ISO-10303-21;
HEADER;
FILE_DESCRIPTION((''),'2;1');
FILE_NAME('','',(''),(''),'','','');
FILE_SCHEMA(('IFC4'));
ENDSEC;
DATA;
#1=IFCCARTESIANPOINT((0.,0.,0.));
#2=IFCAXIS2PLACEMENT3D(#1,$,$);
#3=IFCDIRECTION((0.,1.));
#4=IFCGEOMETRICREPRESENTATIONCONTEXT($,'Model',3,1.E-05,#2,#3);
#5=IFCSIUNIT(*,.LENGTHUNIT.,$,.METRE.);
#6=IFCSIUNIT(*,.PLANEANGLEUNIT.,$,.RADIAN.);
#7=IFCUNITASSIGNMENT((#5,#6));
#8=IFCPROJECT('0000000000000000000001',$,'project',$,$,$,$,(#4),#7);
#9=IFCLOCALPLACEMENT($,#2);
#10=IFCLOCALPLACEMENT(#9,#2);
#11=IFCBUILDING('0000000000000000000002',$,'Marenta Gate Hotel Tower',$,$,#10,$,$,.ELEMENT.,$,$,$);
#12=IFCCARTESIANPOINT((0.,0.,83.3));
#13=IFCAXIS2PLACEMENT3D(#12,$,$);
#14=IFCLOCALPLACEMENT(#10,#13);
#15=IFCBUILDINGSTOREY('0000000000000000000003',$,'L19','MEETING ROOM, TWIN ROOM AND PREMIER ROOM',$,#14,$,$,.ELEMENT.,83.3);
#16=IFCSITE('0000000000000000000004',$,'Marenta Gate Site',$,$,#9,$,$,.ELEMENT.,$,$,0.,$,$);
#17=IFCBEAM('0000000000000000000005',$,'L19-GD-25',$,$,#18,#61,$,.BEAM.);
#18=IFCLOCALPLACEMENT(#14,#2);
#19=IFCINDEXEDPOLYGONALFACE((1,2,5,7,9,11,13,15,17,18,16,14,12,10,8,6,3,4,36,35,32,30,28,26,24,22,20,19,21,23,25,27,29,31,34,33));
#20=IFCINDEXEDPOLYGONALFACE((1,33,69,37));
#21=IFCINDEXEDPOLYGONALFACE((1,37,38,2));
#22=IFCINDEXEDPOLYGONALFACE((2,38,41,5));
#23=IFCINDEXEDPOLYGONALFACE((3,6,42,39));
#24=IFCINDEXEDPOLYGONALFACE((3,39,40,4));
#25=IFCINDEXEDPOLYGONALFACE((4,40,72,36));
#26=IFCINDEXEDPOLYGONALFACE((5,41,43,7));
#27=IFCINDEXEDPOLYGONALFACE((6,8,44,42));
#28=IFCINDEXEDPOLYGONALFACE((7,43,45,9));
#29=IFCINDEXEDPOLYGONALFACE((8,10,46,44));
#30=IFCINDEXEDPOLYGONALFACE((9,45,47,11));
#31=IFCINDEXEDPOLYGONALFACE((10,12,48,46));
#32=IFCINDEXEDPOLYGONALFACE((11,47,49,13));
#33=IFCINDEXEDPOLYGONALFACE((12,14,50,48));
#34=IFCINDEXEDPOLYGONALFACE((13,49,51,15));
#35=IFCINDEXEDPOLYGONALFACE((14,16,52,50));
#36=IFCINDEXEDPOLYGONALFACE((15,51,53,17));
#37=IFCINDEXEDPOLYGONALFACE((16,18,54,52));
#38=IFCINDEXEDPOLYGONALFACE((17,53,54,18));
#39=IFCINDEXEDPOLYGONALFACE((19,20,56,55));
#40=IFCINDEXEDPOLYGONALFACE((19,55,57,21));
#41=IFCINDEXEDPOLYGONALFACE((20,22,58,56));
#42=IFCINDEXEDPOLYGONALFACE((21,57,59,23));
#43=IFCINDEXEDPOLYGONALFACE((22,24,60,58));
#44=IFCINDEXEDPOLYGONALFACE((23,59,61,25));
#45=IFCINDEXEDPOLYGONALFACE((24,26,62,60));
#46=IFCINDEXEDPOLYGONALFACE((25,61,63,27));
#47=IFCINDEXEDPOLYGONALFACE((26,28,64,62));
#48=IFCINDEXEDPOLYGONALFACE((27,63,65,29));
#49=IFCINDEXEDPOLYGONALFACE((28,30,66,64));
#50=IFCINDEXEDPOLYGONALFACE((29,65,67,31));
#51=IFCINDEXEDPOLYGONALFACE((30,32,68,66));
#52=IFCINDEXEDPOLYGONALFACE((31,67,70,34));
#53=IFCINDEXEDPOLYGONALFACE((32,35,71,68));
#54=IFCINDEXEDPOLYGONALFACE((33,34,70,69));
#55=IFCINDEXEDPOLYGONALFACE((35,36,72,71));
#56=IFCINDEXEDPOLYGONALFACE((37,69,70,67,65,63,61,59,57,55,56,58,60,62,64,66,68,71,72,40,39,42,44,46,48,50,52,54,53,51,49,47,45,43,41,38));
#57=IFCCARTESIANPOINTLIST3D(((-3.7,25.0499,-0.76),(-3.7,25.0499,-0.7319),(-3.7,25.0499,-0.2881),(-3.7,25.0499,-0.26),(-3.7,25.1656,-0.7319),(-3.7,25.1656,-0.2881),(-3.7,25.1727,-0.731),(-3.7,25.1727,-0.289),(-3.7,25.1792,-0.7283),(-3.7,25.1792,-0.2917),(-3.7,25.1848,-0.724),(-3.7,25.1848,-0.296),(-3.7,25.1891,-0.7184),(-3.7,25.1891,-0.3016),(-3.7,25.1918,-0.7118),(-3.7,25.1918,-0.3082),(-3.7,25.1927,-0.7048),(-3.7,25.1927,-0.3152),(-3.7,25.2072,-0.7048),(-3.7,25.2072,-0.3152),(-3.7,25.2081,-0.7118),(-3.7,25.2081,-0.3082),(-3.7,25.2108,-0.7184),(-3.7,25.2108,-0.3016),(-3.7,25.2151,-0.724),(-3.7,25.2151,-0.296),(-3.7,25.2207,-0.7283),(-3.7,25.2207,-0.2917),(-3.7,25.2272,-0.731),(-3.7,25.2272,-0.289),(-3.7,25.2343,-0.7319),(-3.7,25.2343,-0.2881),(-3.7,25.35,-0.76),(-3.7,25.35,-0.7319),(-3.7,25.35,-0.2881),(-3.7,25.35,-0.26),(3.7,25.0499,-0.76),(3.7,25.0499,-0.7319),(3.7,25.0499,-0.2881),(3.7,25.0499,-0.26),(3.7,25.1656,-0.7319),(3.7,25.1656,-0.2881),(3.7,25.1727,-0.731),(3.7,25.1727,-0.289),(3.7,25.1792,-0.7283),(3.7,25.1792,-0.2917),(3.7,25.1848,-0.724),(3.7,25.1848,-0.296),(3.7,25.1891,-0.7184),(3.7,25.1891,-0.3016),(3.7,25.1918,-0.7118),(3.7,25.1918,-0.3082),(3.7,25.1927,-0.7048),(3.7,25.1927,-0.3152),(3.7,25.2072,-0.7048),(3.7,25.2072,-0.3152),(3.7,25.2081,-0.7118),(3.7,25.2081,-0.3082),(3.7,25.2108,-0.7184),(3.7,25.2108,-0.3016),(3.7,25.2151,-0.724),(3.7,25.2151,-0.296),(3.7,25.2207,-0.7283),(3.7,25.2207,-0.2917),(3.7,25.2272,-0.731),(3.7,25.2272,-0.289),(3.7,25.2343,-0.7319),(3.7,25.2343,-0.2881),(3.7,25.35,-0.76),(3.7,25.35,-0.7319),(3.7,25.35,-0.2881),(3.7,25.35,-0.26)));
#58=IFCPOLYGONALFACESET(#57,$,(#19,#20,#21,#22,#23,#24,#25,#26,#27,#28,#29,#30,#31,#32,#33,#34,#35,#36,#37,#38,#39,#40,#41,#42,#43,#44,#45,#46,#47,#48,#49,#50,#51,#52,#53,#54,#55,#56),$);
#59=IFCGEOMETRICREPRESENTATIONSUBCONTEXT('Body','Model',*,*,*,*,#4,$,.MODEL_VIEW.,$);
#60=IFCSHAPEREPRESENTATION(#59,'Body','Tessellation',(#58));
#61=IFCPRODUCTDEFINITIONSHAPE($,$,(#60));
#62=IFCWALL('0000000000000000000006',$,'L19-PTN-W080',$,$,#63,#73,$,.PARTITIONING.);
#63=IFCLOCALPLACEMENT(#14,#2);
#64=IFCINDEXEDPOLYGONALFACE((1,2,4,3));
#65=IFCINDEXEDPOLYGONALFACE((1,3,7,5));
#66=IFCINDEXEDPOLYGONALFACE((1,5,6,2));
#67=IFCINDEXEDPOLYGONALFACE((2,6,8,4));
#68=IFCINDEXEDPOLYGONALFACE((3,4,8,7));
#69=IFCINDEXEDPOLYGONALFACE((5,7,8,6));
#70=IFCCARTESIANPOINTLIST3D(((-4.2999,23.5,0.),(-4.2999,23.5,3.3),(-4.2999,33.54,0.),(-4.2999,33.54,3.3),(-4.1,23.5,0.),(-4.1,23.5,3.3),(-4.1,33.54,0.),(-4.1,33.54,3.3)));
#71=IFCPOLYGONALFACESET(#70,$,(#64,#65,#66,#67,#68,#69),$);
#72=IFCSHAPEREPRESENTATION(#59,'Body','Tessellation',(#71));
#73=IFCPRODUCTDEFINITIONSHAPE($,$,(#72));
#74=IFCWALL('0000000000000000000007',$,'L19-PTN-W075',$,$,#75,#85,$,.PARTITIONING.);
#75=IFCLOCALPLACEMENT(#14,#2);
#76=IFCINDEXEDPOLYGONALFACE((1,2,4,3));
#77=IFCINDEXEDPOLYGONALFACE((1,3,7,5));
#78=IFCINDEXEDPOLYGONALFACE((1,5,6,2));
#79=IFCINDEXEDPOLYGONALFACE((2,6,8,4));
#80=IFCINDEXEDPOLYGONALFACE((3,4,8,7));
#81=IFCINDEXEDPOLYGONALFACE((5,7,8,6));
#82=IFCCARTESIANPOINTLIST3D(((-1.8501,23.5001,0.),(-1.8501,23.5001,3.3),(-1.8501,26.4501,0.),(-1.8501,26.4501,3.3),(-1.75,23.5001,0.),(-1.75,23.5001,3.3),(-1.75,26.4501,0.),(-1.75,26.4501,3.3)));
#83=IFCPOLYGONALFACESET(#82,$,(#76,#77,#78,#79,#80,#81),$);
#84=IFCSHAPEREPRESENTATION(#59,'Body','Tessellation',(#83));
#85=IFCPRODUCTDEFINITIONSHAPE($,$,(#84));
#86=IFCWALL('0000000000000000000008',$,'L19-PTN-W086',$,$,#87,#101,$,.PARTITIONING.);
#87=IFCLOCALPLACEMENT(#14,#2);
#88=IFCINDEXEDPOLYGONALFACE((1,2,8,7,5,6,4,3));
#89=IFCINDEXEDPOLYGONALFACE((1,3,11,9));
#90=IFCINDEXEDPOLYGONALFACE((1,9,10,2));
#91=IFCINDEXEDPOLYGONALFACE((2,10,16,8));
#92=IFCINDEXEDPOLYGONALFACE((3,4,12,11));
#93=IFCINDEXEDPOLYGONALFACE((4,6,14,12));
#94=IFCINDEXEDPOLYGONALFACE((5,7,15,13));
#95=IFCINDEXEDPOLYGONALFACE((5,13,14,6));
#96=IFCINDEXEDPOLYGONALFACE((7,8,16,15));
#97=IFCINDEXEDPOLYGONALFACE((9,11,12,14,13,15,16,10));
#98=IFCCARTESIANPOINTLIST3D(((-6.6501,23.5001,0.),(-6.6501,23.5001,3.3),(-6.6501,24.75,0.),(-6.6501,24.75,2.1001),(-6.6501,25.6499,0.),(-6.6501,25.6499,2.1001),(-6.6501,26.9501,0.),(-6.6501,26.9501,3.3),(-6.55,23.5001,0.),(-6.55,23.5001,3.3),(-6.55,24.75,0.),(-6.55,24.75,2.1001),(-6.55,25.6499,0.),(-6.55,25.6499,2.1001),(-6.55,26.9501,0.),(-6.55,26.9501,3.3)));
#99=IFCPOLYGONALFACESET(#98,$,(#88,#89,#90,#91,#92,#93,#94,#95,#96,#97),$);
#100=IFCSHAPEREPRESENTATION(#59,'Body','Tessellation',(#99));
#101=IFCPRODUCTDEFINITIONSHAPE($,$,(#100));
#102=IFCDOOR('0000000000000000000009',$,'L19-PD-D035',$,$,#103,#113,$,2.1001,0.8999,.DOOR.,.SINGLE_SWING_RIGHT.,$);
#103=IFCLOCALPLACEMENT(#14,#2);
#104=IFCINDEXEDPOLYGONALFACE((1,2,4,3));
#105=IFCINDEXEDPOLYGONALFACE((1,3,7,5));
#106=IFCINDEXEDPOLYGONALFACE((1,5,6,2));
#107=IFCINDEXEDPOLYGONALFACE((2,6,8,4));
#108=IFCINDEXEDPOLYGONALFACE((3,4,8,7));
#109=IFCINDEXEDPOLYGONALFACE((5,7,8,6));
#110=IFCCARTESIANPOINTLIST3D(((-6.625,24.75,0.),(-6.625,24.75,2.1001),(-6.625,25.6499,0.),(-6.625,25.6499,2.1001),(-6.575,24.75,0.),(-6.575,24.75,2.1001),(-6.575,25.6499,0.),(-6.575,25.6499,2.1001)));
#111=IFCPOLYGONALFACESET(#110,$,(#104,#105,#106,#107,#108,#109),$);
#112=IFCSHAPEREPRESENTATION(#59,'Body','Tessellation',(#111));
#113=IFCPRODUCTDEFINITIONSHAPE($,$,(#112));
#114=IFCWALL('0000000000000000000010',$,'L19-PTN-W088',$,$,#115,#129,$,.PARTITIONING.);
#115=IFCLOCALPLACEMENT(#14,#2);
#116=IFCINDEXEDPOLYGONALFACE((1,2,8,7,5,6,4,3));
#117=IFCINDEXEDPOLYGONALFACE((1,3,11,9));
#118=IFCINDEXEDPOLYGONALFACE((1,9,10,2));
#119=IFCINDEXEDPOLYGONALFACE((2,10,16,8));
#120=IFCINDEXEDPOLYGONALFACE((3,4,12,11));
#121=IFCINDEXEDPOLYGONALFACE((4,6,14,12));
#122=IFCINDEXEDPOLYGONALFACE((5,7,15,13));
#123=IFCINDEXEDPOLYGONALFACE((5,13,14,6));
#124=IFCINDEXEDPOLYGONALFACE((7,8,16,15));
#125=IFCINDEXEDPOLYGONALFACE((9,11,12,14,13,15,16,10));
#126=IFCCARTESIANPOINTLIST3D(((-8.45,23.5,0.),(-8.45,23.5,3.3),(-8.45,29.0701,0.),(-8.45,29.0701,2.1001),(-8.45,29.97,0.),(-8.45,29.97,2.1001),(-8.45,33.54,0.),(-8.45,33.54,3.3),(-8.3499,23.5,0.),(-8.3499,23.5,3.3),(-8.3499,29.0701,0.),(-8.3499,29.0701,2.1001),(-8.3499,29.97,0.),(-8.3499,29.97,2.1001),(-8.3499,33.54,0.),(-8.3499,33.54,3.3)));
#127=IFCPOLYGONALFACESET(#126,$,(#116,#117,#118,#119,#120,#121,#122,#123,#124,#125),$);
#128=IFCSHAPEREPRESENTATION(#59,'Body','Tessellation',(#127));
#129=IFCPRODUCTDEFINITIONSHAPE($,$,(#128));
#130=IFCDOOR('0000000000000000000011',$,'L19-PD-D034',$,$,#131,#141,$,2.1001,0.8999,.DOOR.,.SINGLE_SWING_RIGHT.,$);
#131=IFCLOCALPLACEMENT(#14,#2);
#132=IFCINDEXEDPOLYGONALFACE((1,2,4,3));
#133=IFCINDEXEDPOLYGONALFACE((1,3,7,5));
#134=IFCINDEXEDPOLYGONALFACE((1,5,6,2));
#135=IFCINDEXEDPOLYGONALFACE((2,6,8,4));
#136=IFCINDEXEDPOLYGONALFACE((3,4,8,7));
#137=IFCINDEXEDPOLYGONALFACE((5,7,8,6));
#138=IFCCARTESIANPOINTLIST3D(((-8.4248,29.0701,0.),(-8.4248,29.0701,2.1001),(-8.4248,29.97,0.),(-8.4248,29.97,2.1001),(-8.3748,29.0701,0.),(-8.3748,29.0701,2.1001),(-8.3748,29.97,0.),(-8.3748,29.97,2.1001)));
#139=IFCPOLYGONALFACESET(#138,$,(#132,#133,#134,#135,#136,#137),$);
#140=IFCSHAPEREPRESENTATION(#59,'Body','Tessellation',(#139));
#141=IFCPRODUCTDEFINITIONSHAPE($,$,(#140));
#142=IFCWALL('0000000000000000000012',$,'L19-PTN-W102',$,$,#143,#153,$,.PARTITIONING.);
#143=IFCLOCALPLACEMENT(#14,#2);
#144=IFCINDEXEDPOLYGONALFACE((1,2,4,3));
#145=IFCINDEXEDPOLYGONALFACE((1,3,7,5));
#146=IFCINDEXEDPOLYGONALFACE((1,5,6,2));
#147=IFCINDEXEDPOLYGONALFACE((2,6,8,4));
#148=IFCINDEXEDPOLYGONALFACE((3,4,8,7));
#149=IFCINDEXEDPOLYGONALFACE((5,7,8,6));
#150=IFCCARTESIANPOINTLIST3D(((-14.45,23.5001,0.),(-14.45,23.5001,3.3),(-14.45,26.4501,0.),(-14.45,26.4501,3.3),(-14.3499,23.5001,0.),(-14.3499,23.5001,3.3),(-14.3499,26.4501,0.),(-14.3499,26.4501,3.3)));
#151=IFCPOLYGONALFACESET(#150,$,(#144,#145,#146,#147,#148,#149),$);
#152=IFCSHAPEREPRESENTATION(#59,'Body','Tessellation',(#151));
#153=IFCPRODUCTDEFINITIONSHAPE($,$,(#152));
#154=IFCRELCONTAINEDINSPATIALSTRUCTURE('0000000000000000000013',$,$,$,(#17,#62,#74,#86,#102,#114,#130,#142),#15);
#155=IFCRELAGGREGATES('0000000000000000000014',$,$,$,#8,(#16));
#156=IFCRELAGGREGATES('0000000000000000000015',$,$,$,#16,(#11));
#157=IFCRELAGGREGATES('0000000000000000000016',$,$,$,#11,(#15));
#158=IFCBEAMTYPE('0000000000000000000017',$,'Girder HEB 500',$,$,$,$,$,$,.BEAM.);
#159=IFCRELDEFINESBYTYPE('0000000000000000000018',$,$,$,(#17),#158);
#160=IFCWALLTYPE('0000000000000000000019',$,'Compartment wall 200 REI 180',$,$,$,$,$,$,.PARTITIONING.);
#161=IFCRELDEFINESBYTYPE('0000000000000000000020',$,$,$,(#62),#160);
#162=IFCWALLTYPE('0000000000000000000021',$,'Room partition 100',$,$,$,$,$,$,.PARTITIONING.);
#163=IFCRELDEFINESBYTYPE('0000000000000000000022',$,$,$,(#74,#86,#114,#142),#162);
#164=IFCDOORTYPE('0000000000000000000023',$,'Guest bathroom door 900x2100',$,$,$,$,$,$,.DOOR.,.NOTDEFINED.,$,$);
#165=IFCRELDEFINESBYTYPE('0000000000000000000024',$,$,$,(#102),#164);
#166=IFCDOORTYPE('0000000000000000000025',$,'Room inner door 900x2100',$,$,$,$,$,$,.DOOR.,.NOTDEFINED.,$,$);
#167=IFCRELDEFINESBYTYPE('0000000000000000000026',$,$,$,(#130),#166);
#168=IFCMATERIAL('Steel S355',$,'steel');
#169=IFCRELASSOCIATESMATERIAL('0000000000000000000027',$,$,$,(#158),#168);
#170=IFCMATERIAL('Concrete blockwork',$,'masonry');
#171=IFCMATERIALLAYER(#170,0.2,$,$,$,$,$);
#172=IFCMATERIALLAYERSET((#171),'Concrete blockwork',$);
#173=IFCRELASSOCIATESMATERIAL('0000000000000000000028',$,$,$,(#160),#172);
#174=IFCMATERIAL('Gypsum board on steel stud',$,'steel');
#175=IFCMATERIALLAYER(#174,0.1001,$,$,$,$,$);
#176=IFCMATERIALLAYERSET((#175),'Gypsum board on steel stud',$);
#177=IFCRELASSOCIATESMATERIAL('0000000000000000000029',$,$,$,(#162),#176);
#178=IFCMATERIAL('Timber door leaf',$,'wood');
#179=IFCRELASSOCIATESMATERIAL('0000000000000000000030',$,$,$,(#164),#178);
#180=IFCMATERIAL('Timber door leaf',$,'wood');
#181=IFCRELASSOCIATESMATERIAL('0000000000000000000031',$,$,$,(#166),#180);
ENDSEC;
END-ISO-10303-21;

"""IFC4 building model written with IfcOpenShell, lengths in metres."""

from ifc_helpers import new_model, si_unit, direction, frame, frame_2d, origin, origin_2d, place, context, subcontext, project, spatial, rectangle, i_section, extrude, material, layer, layer_set, material_profile, profile_set, type_object, element, fill, save


model = new_model("IFC4")

# Units and contexts
model_context = context("Model", 3, precision=1e-05, world=origin(), true_north=direction((0.0, 1.0)))
body_context = subcontext(model_context, "Body", "Model", "MODEL_VIEW")
ifc_project = project(units=[si_unit("LENGTHUNIT", "METRE"), si_unit("PLANEANGLEUNIT", "RADIAN")], contexts=[model_context])

# Site, building, storey
site_placement = place(None, origin())
site = spatial("IfcSite", under=ifc_project, at=site_placement, Name="Marenta Gate Site", CompositionType="ELEMENT", RefElevation=0.0)
building_placement = place(site_placement, origin())
building = spatial("IfcBuilding", under=site, at=building_placement, Name="Marenta Gate Hotel Tower", CompositionType="ELEMENT")
storey_placement = place(building_placement, frame((0.0, 0.0, 83.3)))
storey = spatial("IfcBuildingStorey", under=building, at=storey_placement, Name="L19", Description="MEETING ROOM, TWIN ROOM AND PREMIER ROOM", CompositionType="ELEMENT", Elevation=83.3)

# Beam
ifc_material_1 = material(Name="Steel S355", Category="steel")
ifc_material_profile_1 = material_profile(ifc_material_1, i_section(OverallWidth=0.3, OverallDepth=0.5, WebThickness=0.0144, FlangeThickness=0.0281, FilletRadius=0.0271, at=origin_2d()), Name="HEB 500")
ifc_profile_set_1 = profile_set([ifc_material_profile_1], Name="Steel S355")
beam_type_1 = type_object("IfcBeamType", Name="Girder HEB 500", PredefinedType="BEAM", material=ifc_profile_set_1)
beam_1_placement = place(storey_placement, frame((-3.7, 25.2, -0.51), z_axis=(1.0, 0.0, 0.0), x_axis=(0.0, 1.0, 0.0)))
element("IfcBeam", 1, at=beam_1_placement, inside=storey, type_object=beam_type_1, Name="L19-GD-25", PredefinedType="BEAM", context=body_context, shape_type="SweptSolid", body=[
    extrude(i_section(OverallWidth=0.3, OverallDepth=0.5, WebThickness=0.0144, FlangeThickness=0.0281, FilletRadius=0.0271, at=origin_2d()), origin(), (0.0, 0.0, 1.0), 7.3999),
])

# Wall
ifc_material_2 = material(Name="Concrete blockwork", Category="masonry")
ifc_layer_1 = layer(ifc_material_2, 0.2)
ifc_layer_set_1 = layer_set([ifc_layer_1], Name="Concrete blockwork")
wall_type_1 = type_object("IfcWallType", Name="Compartment wall 200 REI 180", PredefinedType="PARTITIONING", material=ifc_layer_set_1)
wall_1_placement = place(storey_placement, frame((-4.2, 23.5, 0.0), z_axis=(0.0, 0.0, 1.0), x_axis=(0.0, 1.0, 0.0)))
element("IfcWall", 2, at=wall_1_placement, inside=storey, type_object=wall_type_1, Name="L19-PTN-W080", PredefinedType="PARTITIONING", context=body_context, shape_type="SweptSolid", body=[
    extrude(rectangle(XDim=10.04, YDim=0.2, at=frame_2d((5.02, 0.0))), origin(), (0.0, 0.0, 1.0), 3.3),
])

# Wall
ifc_material_3 = material(Name="Gypsum board on steel stud", Category="steel")
ifc_layer_2 = layer(ifc_material_3, 0.1001)
ifc_layer_set_2 = layer_set([ifc_layer_2], Name="Gypsum board on steel stud")
wall_type_2 = type_object("IfcWallType", Name="Room partition 100", PredefinedType="PARTITIONING", material=ifc_layer_set_2)
wall_2_placement = place(storey_placement, frame((-1.8, 23.5, 0.0), z_axis=(0.0, 0.0, 1.0), x_axis=(0.0, 1.0, 0.0)))
element("IfcWall", 3, at=wall_2_placement, inside=storey, type_object=wall_type_2, Name="L19-PTN-W075", PredefinedType="PARTITIONING", context=body_context, shape_type="SweptSolid", body=[
    extrude(rectangle(XDim=2.95, YDim=0.1001, at=frame_2d((1.4751, 0.0))), origin(), (0.0, 0.0, 1.0), 3.3),
])

# Walls, openings, doors
wall_3_placement = place(storey_placement, frame((-6.6001, 23.5, 0.0), z_axis=(0.0, 0.0, 1.0), x_axis=(0.0, 1.0, 0.0)))
wall_3 = element("IfcWall", 4, at=wall_3_placement, inside=storey, type_object=wall_type_2, Name="L19-PTN-W086", PredefinedType="PARTITIONING", context=body_context, shape_type="SweptSolid", body=[
    extrude(rectangle(XDim=3.45, YDim=0.1001, at=frame_2d((1.7251, 0.0))), origin(), (0.0, 0.0, 1.0), 3.3),
])
opening_1_placement = place(wall_3_placement, frame((1.25, 0.0, 0.0)))
opening_1 = element("IfcOpeningElement", 5, at=opening_1_placement, cuts=wall_3, PredefinedType="OPENING", context=body_context, shape_type="SweptSolid", body=[
    extrude(rectangle(XDim=0.8999, YDim=2.1001, at=frame_2d((0.45, 1.05))), frame((0.0, 0.05, 0.0), z_axis=(0.0, -1.0, 0.0), x_axis=(1.0, 0.0, 0.0)), (0.0, 0.0, 1.0), 0.1001),
])
ifc_material_4 = material(Name="Timber door leaf", Category="wood")
door_type_1 = type_object("IfcDoorType", Name="Guest bathroom door 900x2100", OperationType="NOTDEFINED", PredefinedType="DOOR", material=ifc_material_4)
door_1_placement = place(opening_1_placement, origin())
door_1 = element("IfcDoor", 6, at=door_1_placement, inside=storey, type_object=door_type_1, Name="L19-PD-D035", OperationType="SINGLE_SWING_RIGHT", OverallHeight=2.1001, OverallWidth=0.8999, PredefinedType="DOOR", context=body_context, shape_type="SweptSolid", body=[
    extrude(rectangle(XDim=0.8999, YDim=2.1001, at=frame_2d((0.45, 1.05))), frame((0.0, 0.0249, 0.0), z_axis=(0.0, -1.0, 0.0), x_axis=(1.0, 0.0, 0.0)), (0.0, 0.0, 1.0), 0.05),
])
fill(opening_1, door_1)
wall_4_placement = place(storey_placement, frame((-8.3999, 23.5, 0.0), z_axis=(0.0, 0.0, 1.0), x_axis=(0.0, 1.0, 0.0)))
wall_4 = element("IfcWall", 7, at=wall_4_placement, inside=storey, type_object=wall_type_2, Name="L19-PTN-W088", PredefinedType="PARTITIONING", context=body_context, shape_type="SweptSolid", body=[
    extrude(rectangle(XDim=10.04, YDim=0.1001, at=frame_2d((5.02, 0.0))), origin(), (0.0, 0.0, 1.0), 3.3),
])
opening_2_placement = place(wall_4_placement, frame((5.5701, 0.0, 0.0)))
opening_2 = element("IfcOpeningElement", 8, at=opening_2_placement, cuts=wall_4, PredefinedType="OPENING", context=body_context, shape_type="SweptSolid", body=[
    extrude(rectangle(XDim=0.8999, YDim=2.1001, at=frame_2d((0.45, 1.05))), frame((0.0, 0.05, 0.0), z_axis=(0.0, -1.0, 0.0), x_axis=(1.0, 0.0, 0.0)), (0.0, 0.0, 1.0), 0.1001),
])
ifc_material_5 = material(Name="Timber door leaf", Category="wood")
door_type_2 = type_object("IfcDoorType", Name="Room inner door 900x2100", OperationType="NOTDEFINED", PredefinedType="DOOR", material=ifc_material_5)
door_2_placement = place(opening_2_placement, origin())
door_2 = element("IfcDoor", 9, at=door_2_placement, inside=storey, type_object=door_type_2, Name="L19-PD-D034", OperationType="SINGLE_SWING_RIGHT", OverallHeight=2.1001, OverallWidth=0.8999, PredefinedType="DOOR", context=body_context, shape_type="SweptSolid", body=[
    extrude(rectangle(XDim=0.8999, YDim=2.1001, at=frame_2d((0.45, 1.05))), frame((0.0, 0.0249, 0.0), z_axis=(0.0, -1.0, 0.0), x_axis=(1.0, 0.0, 0.0)), (0.0, 0.0, 1.0), 0.05),
])
fill(opening_2, door_2)

# Wall
wall_5_placement = place(storey_placement, frame((-14.3999, 23.5, 0.0), z_axis=(0.0, 0.0, 1.0), x_axis=(0.0, 1.0, 0.0)))
element("IfcWall", 10, at=wall_5_placement, inside=storey, type_object=wall_type_2, Name="L19-PTN-W102", PredefinedType="PARTITIONING", context=body_context, shape_type="SweptSolid", body=[
    extrude(rectangle(XDim=2.95, YDim=0.1001, at=frame_2d((1.4751, 0.0))), origin(), (0.0, 0.0, 1.0), 3.3),
])

save(model, "model.ifc")
